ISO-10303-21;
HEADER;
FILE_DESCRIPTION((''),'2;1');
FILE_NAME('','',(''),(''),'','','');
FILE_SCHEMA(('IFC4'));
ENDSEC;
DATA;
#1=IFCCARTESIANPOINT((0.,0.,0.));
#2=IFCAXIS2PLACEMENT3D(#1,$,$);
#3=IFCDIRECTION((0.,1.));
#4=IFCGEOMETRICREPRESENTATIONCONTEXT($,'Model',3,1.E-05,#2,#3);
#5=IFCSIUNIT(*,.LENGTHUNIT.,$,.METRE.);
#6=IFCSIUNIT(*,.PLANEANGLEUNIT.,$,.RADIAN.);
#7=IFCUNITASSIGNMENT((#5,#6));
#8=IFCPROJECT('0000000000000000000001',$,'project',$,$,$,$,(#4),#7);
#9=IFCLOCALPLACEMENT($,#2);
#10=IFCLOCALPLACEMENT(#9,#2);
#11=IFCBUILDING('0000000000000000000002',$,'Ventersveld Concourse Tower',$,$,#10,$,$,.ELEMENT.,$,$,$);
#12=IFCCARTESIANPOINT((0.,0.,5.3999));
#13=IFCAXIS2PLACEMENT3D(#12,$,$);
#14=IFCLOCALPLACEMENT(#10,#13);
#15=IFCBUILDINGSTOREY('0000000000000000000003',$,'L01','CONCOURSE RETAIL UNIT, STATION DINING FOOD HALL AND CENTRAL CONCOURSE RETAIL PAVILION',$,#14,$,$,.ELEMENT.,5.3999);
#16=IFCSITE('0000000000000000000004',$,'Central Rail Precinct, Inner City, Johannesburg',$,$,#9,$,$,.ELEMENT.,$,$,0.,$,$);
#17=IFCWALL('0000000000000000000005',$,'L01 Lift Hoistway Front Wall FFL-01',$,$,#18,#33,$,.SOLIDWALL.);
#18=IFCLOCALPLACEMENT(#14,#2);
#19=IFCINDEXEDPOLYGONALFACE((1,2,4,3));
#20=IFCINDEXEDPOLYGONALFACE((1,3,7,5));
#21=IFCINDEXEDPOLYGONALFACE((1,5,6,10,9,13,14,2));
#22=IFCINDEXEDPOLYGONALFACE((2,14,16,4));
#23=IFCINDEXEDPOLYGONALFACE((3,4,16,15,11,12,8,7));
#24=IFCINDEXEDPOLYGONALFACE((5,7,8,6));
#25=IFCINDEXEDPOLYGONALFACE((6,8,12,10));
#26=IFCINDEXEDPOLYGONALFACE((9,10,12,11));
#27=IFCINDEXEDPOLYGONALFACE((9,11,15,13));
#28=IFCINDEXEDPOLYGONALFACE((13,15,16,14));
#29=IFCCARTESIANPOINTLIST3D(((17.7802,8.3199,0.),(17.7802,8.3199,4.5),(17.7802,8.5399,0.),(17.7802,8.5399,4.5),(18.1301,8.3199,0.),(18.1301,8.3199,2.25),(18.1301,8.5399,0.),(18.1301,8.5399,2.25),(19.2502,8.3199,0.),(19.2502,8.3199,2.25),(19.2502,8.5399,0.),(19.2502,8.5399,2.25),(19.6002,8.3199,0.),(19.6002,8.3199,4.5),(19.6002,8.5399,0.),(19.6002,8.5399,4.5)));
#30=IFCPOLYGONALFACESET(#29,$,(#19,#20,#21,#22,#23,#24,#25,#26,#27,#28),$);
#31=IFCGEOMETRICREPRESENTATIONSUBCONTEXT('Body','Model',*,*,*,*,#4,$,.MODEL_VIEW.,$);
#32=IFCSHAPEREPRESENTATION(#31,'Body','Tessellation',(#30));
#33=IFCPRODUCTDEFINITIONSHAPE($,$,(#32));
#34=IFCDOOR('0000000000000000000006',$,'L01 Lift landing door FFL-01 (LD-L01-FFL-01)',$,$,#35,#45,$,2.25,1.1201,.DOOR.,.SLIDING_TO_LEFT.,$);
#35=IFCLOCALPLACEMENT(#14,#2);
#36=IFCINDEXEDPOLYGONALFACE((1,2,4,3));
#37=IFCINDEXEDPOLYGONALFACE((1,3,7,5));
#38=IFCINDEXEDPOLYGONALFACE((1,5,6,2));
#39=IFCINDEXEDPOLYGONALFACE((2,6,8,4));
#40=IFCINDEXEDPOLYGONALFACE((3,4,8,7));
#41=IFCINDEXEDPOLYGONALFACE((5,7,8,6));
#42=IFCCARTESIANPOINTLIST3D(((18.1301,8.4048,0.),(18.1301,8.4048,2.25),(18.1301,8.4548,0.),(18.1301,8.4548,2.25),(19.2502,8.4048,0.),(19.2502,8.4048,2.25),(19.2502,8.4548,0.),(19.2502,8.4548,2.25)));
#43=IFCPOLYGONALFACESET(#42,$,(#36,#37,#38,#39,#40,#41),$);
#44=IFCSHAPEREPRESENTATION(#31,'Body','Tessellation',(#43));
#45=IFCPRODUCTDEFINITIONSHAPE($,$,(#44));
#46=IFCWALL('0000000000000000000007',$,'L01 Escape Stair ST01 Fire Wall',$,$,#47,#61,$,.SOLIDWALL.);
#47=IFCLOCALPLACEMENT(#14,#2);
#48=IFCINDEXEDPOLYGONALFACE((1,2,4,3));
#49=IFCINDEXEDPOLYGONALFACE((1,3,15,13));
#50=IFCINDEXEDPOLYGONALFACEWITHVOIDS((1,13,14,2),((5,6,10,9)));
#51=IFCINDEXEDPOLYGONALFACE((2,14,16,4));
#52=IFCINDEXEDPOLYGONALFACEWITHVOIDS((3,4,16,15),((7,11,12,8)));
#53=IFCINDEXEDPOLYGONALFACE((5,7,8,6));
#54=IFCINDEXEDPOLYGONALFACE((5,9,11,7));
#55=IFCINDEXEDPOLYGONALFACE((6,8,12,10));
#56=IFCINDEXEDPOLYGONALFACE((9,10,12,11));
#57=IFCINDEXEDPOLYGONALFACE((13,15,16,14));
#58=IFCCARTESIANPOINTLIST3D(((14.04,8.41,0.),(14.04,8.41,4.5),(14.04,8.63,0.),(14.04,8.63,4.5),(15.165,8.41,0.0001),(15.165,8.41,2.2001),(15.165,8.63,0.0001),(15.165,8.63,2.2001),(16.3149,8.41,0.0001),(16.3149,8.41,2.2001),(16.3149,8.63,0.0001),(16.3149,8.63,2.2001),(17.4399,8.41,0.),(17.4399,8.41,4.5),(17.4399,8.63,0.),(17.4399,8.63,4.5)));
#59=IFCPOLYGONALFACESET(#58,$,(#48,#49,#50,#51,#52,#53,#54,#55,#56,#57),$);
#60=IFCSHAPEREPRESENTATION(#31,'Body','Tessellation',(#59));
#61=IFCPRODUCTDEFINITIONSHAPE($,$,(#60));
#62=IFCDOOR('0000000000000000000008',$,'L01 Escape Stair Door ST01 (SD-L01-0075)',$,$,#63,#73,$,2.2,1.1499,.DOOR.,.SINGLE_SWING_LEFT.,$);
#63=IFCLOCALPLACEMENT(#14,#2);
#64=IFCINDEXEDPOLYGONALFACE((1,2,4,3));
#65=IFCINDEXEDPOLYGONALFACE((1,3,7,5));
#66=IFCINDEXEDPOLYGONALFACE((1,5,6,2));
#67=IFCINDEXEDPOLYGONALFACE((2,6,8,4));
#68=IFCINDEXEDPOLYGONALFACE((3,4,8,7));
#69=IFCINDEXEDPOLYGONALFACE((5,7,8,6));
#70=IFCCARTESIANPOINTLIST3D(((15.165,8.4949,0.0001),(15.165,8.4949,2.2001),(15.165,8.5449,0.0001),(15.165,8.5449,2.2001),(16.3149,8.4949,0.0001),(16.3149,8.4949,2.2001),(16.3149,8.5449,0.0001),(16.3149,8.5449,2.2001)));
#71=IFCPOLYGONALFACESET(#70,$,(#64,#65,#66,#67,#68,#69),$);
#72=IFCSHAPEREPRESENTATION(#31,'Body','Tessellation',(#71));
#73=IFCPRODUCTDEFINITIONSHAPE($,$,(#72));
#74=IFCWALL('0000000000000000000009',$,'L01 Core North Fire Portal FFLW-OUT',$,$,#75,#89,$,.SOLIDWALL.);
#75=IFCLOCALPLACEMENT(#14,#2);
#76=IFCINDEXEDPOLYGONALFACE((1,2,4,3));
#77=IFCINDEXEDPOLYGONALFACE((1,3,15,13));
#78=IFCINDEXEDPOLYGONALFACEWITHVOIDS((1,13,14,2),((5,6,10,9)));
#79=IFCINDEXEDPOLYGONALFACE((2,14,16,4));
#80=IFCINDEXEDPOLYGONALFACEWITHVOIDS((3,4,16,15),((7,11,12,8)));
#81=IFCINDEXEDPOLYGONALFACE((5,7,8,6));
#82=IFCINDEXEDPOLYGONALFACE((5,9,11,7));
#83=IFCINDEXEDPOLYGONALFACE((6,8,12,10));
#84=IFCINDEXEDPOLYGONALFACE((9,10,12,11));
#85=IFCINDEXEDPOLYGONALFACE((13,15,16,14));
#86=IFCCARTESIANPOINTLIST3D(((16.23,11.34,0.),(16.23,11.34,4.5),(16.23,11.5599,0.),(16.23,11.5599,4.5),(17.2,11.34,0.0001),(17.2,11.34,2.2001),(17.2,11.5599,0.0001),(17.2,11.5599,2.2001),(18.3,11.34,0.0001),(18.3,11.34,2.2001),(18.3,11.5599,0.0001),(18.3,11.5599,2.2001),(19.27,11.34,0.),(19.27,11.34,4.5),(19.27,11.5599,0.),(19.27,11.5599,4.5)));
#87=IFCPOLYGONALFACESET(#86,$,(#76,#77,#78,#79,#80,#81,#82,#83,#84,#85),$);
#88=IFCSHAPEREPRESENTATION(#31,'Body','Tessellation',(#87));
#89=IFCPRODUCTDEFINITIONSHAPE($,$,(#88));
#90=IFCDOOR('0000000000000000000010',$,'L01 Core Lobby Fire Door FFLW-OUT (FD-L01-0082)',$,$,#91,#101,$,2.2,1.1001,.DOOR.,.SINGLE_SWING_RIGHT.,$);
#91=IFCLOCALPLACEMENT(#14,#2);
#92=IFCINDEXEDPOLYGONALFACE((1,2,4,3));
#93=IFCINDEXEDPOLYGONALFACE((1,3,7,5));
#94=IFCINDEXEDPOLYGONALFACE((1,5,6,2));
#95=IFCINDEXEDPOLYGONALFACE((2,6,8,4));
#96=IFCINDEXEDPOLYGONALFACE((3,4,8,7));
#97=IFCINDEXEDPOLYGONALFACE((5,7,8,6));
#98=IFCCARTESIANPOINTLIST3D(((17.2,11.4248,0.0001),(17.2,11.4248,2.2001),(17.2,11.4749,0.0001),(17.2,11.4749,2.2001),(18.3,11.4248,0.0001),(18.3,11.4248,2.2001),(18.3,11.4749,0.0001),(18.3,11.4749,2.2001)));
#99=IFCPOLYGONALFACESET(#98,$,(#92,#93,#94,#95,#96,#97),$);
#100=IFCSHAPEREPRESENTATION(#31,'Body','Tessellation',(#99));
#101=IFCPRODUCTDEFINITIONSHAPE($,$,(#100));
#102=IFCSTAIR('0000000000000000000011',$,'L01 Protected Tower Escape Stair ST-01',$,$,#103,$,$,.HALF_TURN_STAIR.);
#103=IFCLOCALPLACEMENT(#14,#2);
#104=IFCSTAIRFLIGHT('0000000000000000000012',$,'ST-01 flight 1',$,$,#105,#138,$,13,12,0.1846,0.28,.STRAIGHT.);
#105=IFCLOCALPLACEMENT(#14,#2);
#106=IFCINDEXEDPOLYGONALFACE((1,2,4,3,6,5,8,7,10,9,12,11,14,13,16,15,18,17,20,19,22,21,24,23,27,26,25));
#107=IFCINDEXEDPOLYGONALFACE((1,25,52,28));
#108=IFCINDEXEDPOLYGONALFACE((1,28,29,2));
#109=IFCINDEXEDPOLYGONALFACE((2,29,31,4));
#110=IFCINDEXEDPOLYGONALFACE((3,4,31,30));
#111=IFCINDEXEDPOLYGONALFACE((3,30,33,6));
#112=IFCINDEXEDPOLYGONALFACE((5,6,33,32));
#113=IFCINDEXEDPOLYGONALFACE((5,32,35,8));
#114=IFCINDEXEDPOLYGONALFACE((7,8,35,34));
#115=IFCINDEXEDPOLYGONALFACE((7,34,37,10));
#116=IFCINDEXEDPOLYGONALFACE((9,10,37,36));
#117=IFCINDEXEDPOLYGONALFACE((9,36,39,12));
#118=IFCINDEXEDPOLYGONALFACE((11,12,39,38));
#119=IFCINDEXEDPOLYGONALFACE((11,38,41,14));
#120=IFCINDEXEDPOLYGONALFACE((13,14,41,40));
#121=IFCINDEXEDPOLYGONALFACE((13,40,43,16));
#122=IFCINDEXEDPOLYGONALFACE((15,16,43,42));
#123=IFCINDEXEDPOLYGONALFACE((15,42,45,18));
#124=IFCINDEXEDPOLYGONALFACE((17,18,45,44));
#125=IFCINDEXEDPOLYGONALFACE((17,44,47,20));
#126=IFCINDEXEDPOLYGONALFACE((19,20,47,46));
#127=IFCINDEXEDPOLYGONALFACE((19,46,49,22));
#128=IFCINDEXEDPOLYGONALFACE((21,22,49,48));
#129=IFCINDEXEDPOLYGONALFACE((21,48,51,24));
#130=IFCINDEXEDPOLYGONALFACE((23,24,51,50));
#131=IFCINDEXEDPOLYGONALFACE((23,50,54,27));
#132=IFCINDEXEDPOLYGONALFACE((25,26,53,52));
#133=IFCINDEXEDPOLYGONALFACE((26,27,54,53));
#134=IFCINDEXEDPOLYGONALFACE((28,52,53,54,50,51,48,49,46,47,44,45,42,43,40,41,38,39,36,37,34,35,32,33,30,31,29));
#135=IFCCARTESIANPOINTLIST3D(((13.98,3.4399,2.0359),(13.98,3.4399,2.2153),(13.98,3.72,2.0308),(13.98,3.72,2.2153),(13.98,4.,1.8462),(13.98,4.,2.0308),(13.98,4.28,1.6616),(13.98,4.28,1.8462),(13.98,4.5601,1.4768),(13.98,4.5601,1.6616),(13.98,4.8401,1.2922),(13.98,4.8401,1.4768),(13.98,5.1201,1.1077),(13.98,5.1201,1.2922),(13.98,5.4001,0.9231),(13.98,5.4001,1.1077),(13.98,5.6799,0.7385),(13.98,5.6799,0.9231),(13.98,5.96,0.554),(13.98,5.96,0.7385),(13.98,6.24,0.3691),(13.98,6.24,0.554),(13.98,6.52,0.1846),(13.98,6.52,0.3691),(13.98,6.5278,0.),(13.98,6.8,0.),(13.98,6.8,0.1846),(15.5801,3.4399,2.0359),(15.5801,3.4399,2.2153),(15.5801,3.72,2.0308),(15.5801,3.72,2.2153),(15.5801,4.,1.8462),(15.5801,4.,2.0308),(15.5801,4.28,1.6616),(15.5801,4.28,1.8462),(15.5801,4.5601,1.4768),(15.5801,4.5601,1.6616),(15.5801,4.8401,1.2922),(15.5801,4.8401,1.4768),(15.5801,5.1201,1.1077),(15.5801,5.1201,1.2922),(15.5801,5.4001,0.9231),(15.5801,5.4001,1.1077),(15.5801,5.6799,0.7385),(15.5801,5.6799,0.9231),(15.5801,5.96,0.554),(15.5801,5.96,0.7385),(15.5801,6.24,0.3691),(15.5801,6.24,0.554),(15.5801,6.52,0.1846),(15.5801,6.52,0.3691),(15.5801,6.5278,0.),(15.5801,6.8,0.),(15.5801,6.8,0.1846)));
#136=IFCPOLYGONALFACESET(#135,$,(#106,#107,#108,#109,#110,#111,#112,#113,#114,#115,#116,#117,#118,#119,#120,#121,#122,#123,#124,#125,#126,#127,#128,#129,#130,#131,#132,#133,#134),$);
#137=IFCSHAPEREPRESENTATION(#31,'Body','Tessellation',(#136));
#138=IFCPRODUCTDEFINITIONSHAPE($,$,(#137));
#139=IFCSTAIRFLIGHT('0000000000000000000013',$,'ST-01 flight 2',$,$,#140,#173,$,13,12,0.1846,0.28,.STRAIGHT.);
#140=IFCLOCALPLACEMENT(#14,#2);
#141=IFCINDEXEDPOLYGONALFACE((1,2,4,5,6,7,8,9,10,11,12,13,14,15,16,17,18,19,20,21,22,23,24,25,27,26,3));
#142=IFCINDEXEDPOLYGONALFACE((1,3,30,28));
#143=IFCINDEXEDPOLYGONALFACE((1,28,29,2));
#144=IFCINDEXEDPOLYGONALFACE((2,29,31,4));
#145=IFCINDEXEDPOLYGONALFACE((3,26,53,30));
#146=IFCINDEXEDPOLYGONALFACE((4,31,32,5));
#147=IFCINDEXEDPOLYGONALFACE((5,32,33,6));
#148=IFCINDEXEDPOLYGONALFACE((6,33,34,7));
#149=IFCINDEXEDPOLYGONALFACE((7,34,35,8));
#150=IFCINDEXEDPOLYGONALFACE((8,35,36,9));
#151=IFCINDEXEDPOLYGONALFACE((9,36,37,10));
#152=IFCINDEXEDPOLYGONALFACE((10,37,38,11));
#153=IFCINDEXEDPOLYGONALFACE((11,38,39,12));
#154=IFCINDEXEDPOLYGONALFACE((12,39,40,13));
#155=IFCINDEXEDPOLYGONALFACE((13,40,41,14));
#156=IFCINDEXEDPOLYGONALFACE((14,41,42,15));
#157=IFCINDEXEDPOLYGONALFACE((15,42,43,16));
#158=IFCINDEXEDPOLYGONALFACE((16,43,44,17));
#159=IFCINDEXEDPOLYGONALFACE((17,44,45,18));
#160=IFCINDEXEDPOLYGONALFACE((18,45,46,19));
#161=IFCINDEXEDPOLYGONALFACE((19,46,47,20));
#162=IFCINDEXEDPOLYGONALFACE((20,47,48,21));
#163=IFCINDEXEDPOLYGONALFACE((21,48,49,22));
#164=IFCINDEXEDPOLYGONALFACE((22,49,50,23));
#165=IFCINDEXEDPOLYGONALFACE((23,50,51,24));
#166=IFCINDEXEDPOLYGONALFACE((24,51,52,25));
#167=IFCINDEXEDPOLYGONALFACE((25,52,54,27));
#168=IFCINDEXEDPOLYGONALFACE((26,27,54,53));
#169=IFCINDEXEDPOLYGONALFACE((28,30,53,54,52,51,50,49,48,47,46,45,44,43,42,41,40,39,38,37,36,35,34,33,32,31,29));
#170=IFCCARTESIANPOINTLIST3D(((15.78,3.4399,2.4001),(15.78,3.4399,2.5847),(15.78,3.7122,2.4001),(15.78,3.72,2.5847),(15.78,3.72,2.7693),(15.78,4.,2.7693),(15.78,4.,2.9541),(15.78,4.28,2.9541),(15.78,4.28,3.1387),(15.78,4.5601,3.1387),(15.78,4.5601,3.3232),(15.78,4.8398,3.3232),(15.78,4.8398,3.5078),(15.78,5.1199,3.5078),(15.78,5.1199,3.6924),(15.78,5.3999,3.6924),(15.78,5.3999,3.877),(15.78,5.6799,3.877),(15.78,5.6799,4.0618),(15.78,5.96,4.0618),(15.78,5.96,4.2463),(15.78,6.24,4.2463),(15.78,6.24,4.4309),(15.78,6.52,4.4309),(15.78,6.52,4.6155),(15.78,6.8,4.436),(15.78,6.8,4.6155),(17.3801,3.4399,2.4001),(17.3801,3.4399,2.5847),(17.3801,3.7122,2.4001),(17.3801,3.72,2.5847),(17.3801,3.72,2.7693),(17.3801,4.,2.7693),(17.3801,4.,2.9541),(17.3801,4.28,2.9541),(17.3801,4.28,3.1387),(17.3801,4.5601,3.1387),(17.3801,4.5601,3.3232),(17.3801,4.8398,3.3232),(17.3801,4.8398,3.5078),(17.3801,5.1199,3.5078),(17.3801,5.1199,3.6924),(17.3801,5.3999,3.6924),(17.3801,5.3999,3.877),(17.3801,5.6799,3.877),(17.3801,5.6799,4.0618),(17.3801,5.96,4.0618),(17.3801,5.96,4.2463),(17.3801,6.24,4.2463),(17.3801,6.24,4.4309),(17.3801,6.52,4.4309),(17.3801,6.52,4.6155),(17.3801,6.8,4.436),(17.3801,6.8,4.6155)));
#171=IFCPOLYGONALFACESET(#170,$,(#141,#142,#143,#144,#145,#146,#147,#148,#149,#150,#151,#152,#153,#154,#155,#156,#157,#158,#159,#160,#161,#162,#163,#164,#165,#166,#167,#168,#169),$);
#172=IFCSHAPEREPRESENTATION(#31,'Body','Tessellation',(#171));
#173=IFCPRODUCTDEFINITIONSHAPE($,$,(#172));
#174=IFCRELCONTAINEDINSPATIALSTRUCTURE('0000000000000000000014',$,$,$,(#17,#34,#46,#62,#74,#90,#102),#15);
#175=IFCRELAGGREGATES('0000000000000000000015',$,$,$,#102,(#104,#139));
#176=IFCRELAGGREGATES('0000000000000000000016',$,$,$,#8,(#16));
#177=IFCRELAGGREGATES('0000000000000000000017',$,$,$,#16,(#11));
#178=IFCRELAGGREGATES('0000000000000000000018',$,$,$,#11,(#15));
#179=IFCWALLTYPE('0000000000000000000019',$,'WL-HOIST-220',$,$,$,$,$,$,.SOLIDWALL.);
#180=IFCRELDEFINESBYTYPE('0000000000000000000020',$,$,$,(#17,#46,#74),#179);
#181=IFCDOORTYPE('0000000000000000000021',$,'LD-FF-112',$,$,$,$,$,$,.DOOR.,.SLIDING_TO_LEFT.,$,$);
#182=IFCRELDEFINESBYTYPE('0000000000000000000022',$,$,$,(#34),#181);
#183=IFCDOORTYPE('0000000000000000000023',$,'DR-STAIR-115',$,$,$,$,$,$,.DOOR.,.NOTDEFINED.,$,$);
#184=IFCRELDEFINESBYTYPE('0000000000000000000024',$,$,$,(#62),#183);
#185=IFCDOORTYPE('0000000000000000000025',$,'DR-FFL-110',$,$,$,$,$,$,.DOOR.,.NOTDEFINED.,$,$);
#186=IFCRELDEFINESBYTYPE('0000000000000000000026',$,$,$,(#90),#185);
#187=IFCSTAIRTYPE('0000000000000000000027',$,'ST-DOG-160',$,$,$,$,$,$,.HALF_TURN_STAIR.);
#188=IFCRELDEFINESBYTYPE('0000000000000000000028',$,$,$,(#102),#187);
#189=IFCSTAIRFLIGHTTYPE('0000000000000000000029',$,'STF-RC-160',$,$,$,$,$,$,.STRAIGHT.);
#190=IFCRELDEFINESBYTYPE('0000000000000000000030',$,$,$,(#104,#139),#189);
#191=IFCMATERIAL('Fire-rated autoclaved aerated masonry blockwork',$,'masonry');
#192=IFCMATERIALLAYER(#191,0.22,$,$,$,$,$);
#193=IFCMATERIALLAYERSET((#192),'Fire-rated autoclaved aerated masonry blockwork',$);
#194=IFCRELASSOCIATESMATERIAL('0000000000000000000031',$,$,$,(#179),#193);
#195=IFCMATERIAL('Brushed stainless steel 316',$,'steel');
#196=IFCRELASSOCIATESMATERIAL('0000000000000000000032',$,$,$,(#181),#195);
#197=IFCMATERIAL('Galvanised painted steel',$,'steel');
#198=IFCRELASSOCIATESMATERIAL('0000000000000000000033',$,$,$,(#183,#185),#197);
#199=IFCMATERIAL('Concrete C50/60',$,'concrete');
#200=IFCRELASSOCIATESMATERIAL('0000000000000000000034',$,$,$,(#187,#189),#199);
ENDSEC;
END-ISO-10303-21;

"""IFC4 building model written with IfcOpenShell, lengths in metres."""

from ifc_helpers import new_model, si_unit, direction, frame, frame_2d, origin, place, context, subcontext, project, spatial, polyline, rectangle, outline, extrude, material, layer, layer_set, type_object, element, fill, aggregate, save


model = new_model("IFC4")

# Units and contexts
model_context = context("Model", 3, precision=1e-05, world=origin(), true_north=direction((0.0, 1.0)))
body_context = subcontext(model_context, "Body", "Model", "MODEL_VIEW")
ifc_project = project(units=[si_unit("LENGTHUNIT", "METRE"), si_unit("PLANEANGLEUNIT", "RADIAN")], contexts=[model_context])

# Site, building, storey
site_placement = place(None, origin())
site = spatial("IfcSite", under=ifc_project, at=site_placement, Name="Central Rail Precinct, Inner City, Johannesburg", CompositionType="ELEMENT", RefElevation=0.0)
building_placement = place(site_placement, origin())
building = spatial("IfcBuilding", under=site, at=building_placement, Name="Ventersveld Concourse Tower", CompositionType="ELEMENT")
storey_placement = place(building_placement, frame((0.0, 0.0, 5.3999)))
storey = spatial("IfcBuildingStorey", under=building, at=storey_placement, Name="L01", Description="CONCOURSE RETAIL UNIT, STATION DINING FOOD HALL AND CENTRAL CONCOURSE RETAIL PAVILION", CompositionType="ELEMENT", Elevation=5.3999)

# Shared definitions
ifc_material_1 = material(Name="Concrete C50/60", Category="concrete")

# Shared definitions
ifc_material_2 = material(Name="Fire-rated autoclaved aerated masonry blockwork", Category="masonry")
ifc_layer_1 = layer(ifc_material_2, 0.22)
ifc_layer_set_1 = layer_set([ifc_layer_1], Name="Fire-rated autoclaved aerated masonry blockwork")
wall_type_1 = type_object("IfcWallType", Name="WL-HOIST-220", PredefinedType="SOLIDWALL", material=ifc_layer_set_1)

# Walls, openings, doors
wall_1_placement = place(storey_placement, frame((17.78, 8.4299, 0.0), z_axis=(0.0, 0.0, 1.0), x_axis=(1.0, 0.0, 0.0)))
wall_1 = element("IfcWall", 1, at=wall_1_placement, inside=storey, type_object=wall_type_1, Name="L01 Lift Hoistway Front Wall FFL-01", PredefinedType="SOLIDWALL", context=body_context, shape_type="SweptSolid", body=[
    extrude(rectangle(XDim=1.8201, YDim=0.22, at=frame_2d((0.9102, 0.0))), origin(), (0.0, 0.0, 1.0), 4.5),
])
opening_1_placement = place(wall_1_placement, frame((0.3501, 0.0, 0.0)))
opening_1 = element("IfcOpeningElement", 2, at=opening_1_placement, cuts=wall_1, PredefinedType="OPENING", context=body_context, shape_type="SweptSolid", body=[
    extrude(rectangle(XDim=1.1201, YDim=2.25, at=frame_2d((0.5601, 1.125))), frame((0.0, 0.1201, 0.0), z_axis=(0.0, -1.0, 0.0), x_axis=(1.0, 0.0, 0.0)), (0.0, 0.0, 1.0), 0.24),
])
ifc_material_3 = material(Name="Brushed stainless steel 316", Category="steel")
door_type_1 = type_object("IfcDoorType", Name="LD-FF-112", OperationType="SLIDING_TO_LEFT", PredefinedType="DOOR", material=ifc_material_3)
door_1_placement = place(opening_1_placement, origin())
door_1 = element("IfcDoor", 3, at=door_1_placement, inside=storey, type_object=door_type_1, Name="L01 Lift landing door FFL-01 (LD-L01-FFL-01)", OperationType="SLIDING_TO_LEFT", OverallHeight=2.25, OverallWidth=1.1201, PredefinedType="DOOR", context=body_context, shape_type="SweptSolid", body=[
    extrude(rectangle(XDim=1.1201, YDim=2.25, at=frame_2d((0.5601, 1.125))), frame((0.0, 0.0249, 0.0), z_axis=(0.0, -1.0, 0.0), x_axis=(1.0, 0.0, 0.0)), (0.0, 0.0, 1.0), 0.05),
])
fill(opening_1, door_1)
wall_2_placement = place(storey_placement, frame((14.04, 8.52, 0.0), z_axis=(0.0, 0.0, 1.0), x_axis=(1.0, 0.0, 0.0)))
wall_2 = element("IfcWall", 4, at=wall_2_placement, inside=storey, type_object=wall_type_1, Name="L01 Escape Stair ST01 Fire Wall", PredefinedType="SOLIDWALL", context=body_context, shape_type="SweptSolid", body=[
    extrude(rectangle(XDim=3.3999, YDim=0.22, at=frame_2d((1.7, 0.0))), origin(), (0.0, 0.0, 1.0), 4.5),
])
opening_2_placement = place(wall_2_placement, frame((1.125, 0.0, 0.0)))
opening_2 = element("IfcOpeningElement", 5, at=opening_2_placement, cuts=wall_2, PredefinedType="OPENING", context=body_context, shape_type="SweptSolid", body=[
    extrude(rectangle(XDim=1.1499, YDim=2.2, at=frame_2d((0.575, 1.1001))), frame((0.0, 0.1201, 0.0), z_axis=(0.0, -1.0, 0.0), x_axis=(1.0, 0.0, 0.0)), (0.0, 0.0, 1.0), 0.24),
])
ifc_material_4 = material(Name="Galvanised painted steel", Category="steel")
door_type_2 = type_object("IfcDoorType", Name="DR-STAIR-115", OperationType="NOTDEFINED", PredefinedType="DOOR", material=ifc_material_4)
door_2_placement = place(opening_2_placement, origin())
door_2 = element("IfcDoor", 6, at=door_2_placement, inside=storey, type_object=door_type_2, Name="L01 Escape Stair Door ST01 (SD-L01-0075)", OperationType="SINGLE_SWING_LEFT", OverallHeight=2.2, OverallWidth=1.1499, PredefinedType="DOOR", context=body_context, shape_type="SweptSolid", body=[
    extrude(rectangle(XDim=1.1499, YDim=2.2, at=frame_2d((0.575, 1.1001))), frame((0.0, 0.0249, 0.0), z_axis=(0.0, -1.0, 0.0), x_axis=(1.0, 0.0, 0.0)), (0.0, 0.0, 1.0), 0.05),
])
fill(opening_2, door_2)
wall_3_placement = place(storey_placement, frame((16.23, 11.45, 0.0), z_axis=(0.0, 0.0, 1.0), x_axis=(1.0, 0.0, 0.0)))
wall_3 = element("IfcWall", 7, at=wall_3_placement, inside=storey, type_object=wall_type_1, Name="L01 Core North Fire Portal FFLW-OUT", PredefinedType="SOLIDWALL", context=body_context, shape_type="SweptSolid", body=[
    extrude(rectangle(XDim=3.04, YDim=0.22, at=frame_2d((1.52, 0.0))), origin(), (0.0, 0.0, 1.0), 4.5),
])
opening_3_placement = place(wall_3_placement, frame((0.97, 0.0, 0.0)))
opening_3 = element("IfcOpeningElement", 8, at=opening_3_placement, cuts=wall_3, PredefinedType="OPENING", context=body_context, shape_type="SweptSolid", body=[
    extrude(rectangle(XDim=1.1001, YDim=2.2, at=frame_2d((0.55, 1.1001))), frame((0.0, 0.1201, 0.0), z_axis=(0.0, -1.0, 0.0), x_axis=(1.0, 0.0, 0.0)), (0.0, 0.0, 1.0), 0.24),
])
door_type_3 = type_object("IfcDoorType", Name="DR-FFL-110", OperationType="NOTDEFINED", PredefinedType="DOOR", material=ifc_material_4)
door_3_placement = place(opening_3_placement, origin())
door_3 = element("IfcDoor", 9, at=door_3_placement, inside=storey, type_object=door_type_3, Name="L01 Core Lobby Fire Door FFLW-OUT (FD-L01-0082)", OperationType="SINGLE_SWING_RIGHT", OverallHeight=2.2, OverallWidth=1.1001, PredefinedType="DOOR", context=body_context, shape_type="SweptSolid", body=[
    extrude(rectangle(XDim=1.1001, YDim=2.2, at=frame_2d((0.55, 1.1001))), frame((0.0, 0.0249, 0.0), z_axis=(0.0, -1.0, 0.0), x_axis=(1.0, 0.0, 0.0)), (0.0, 0.0, 1.0), 0.05),
])
fill(opening_3, door_3)

# Stair, stair flights
stair_type = type_object("IfcStairType", Name="ST-DOG-160", PredefinedType="HALF_TURN_STAIR", material=ifc_material_1)
stair_placement = place(storey_placement, origin())
stair = element("IfcStair", 10, at=stair_placement, inside=storey, type_object=stair_type, Name="L01 Protected Tower Escape Stair ST-01", PredefinedType="HALF_TURN_STAIR")
stair_flight_type = type_object("IfcStairFlightType", Name="STF-RC-160", PredefinedType="STRAIGHT", material=ifc_material_1)
stair_flight_1_placement = place(storey_placement, frame((14.78, 6.8, 0.0), z_axis=(0.0, 0.0, 1.0), x_axis=(0.0, -1.0, 0.0)))
stair_flight_1 = element("IfcStairFlight", 11, at=stair_flight_1_placement, type_object=stair_flight_type, Name="ST-01 flight 1", NumberOfRisers=13, NumberOfTreads=12, PredefinedType="STRAIGHT", RiserHeight=0.1846, TreadLength=0.28, context=body_context, shape_type="SweptSolid", body=[
    extrude(outline(polyline([(0.0, 0.0), (0.0, 0.1846), (0.28, 0.1846), (0.28, 0.3691), (0.5601, 0.3691), (0.5601, 0.554), (0.8401, 0.554), (0.8401, 0.7385), (1.1201, 0.7385), (1.1201, 0.9231), (1.3999, 0.9231), (1.3999, 1.1077), (1.6799, 1.1077), (1.6799, 1.2922), (1.96, 1.2922), (1.96, 1.4768), (2.24, 1.4768), (2.24, 1.6616), (2.52, 1.6616), (2.52, 1.8462), (2.8, 1.8462), (2.8, 2.0308), (3.0801, 2.0308), (3.0801, 2.2153), (3.3601, 2.2153), (3.3601, 2.3999), (3.3601, 2.0359), (0.2722, 0.0), (0.0, 0.0)])), frame((0.0, 0.8, 0.0), z_axis=(0.0, -1.0, 0.0), x_axis=(1.0, 0.0, 0.0)), (0.0, 0.0, 1.0), 1.6001),
])
stair_flight_2_placement = place(storey_placement, frame((16.5801, 3.4399, 2.4001), z_axis=(0.0, 0.0, 1.0), x_axis=(0.0, 1.0, 0.0)))
stair_flight_2 = element("IfcStairFlight", 12, at=stair_flight_2_placement, type_object=stair_flight_type, Name="ST-01 flight 2", NumberOfRisers=13, NumberOfTreads=12, PredefinedType="STRAIGHT", RiserHeight=0.1846, TreadLength=0.28, context=body_context, shape_type="SweptSolid", body=[
    extrude(outline(polyline([(0.0, 0.0), (0.0, 0.1846), (0.28, 0.1846), (0.28, 0.3691), (0.5601, 0.3691), (0.5601, 0.554), (0.8401, 0.554), (0.8401, 0.7385), (1.1201, 0.7385), (1.1201, 0.9231), (1.3999, 0.9231), (1.3999, 1.1077), (1.6799, 1.1077), (1.6799, 1.2922), (1.96, 1.2922), (1.96, 1.4768), (2.24, 1.4768), (2.24, 1.6616), (2.52, 1.6616), (2.52, 1.8462), (2.8, 1.8462), (2.8, 2.0308), (3.0801, 2.0308), (3.0801, 2.2153), (3.3601, 2.2153), (3.3601, 2.3999), (3.3601, 2.0359), (0.2722, 0.0), (0.0, 0.0)])), frame((0.0, 0.8, 0.0), z_axis=(0.0, -1.0, 0.0), x_axis=(1.0, 0.0, 0.0)), (0.0, 0.0, 1.0), 1.6001),
])
aggregate(stair, [stair_flight_1, stair_flight_2])

save(model, "model.ifc")
